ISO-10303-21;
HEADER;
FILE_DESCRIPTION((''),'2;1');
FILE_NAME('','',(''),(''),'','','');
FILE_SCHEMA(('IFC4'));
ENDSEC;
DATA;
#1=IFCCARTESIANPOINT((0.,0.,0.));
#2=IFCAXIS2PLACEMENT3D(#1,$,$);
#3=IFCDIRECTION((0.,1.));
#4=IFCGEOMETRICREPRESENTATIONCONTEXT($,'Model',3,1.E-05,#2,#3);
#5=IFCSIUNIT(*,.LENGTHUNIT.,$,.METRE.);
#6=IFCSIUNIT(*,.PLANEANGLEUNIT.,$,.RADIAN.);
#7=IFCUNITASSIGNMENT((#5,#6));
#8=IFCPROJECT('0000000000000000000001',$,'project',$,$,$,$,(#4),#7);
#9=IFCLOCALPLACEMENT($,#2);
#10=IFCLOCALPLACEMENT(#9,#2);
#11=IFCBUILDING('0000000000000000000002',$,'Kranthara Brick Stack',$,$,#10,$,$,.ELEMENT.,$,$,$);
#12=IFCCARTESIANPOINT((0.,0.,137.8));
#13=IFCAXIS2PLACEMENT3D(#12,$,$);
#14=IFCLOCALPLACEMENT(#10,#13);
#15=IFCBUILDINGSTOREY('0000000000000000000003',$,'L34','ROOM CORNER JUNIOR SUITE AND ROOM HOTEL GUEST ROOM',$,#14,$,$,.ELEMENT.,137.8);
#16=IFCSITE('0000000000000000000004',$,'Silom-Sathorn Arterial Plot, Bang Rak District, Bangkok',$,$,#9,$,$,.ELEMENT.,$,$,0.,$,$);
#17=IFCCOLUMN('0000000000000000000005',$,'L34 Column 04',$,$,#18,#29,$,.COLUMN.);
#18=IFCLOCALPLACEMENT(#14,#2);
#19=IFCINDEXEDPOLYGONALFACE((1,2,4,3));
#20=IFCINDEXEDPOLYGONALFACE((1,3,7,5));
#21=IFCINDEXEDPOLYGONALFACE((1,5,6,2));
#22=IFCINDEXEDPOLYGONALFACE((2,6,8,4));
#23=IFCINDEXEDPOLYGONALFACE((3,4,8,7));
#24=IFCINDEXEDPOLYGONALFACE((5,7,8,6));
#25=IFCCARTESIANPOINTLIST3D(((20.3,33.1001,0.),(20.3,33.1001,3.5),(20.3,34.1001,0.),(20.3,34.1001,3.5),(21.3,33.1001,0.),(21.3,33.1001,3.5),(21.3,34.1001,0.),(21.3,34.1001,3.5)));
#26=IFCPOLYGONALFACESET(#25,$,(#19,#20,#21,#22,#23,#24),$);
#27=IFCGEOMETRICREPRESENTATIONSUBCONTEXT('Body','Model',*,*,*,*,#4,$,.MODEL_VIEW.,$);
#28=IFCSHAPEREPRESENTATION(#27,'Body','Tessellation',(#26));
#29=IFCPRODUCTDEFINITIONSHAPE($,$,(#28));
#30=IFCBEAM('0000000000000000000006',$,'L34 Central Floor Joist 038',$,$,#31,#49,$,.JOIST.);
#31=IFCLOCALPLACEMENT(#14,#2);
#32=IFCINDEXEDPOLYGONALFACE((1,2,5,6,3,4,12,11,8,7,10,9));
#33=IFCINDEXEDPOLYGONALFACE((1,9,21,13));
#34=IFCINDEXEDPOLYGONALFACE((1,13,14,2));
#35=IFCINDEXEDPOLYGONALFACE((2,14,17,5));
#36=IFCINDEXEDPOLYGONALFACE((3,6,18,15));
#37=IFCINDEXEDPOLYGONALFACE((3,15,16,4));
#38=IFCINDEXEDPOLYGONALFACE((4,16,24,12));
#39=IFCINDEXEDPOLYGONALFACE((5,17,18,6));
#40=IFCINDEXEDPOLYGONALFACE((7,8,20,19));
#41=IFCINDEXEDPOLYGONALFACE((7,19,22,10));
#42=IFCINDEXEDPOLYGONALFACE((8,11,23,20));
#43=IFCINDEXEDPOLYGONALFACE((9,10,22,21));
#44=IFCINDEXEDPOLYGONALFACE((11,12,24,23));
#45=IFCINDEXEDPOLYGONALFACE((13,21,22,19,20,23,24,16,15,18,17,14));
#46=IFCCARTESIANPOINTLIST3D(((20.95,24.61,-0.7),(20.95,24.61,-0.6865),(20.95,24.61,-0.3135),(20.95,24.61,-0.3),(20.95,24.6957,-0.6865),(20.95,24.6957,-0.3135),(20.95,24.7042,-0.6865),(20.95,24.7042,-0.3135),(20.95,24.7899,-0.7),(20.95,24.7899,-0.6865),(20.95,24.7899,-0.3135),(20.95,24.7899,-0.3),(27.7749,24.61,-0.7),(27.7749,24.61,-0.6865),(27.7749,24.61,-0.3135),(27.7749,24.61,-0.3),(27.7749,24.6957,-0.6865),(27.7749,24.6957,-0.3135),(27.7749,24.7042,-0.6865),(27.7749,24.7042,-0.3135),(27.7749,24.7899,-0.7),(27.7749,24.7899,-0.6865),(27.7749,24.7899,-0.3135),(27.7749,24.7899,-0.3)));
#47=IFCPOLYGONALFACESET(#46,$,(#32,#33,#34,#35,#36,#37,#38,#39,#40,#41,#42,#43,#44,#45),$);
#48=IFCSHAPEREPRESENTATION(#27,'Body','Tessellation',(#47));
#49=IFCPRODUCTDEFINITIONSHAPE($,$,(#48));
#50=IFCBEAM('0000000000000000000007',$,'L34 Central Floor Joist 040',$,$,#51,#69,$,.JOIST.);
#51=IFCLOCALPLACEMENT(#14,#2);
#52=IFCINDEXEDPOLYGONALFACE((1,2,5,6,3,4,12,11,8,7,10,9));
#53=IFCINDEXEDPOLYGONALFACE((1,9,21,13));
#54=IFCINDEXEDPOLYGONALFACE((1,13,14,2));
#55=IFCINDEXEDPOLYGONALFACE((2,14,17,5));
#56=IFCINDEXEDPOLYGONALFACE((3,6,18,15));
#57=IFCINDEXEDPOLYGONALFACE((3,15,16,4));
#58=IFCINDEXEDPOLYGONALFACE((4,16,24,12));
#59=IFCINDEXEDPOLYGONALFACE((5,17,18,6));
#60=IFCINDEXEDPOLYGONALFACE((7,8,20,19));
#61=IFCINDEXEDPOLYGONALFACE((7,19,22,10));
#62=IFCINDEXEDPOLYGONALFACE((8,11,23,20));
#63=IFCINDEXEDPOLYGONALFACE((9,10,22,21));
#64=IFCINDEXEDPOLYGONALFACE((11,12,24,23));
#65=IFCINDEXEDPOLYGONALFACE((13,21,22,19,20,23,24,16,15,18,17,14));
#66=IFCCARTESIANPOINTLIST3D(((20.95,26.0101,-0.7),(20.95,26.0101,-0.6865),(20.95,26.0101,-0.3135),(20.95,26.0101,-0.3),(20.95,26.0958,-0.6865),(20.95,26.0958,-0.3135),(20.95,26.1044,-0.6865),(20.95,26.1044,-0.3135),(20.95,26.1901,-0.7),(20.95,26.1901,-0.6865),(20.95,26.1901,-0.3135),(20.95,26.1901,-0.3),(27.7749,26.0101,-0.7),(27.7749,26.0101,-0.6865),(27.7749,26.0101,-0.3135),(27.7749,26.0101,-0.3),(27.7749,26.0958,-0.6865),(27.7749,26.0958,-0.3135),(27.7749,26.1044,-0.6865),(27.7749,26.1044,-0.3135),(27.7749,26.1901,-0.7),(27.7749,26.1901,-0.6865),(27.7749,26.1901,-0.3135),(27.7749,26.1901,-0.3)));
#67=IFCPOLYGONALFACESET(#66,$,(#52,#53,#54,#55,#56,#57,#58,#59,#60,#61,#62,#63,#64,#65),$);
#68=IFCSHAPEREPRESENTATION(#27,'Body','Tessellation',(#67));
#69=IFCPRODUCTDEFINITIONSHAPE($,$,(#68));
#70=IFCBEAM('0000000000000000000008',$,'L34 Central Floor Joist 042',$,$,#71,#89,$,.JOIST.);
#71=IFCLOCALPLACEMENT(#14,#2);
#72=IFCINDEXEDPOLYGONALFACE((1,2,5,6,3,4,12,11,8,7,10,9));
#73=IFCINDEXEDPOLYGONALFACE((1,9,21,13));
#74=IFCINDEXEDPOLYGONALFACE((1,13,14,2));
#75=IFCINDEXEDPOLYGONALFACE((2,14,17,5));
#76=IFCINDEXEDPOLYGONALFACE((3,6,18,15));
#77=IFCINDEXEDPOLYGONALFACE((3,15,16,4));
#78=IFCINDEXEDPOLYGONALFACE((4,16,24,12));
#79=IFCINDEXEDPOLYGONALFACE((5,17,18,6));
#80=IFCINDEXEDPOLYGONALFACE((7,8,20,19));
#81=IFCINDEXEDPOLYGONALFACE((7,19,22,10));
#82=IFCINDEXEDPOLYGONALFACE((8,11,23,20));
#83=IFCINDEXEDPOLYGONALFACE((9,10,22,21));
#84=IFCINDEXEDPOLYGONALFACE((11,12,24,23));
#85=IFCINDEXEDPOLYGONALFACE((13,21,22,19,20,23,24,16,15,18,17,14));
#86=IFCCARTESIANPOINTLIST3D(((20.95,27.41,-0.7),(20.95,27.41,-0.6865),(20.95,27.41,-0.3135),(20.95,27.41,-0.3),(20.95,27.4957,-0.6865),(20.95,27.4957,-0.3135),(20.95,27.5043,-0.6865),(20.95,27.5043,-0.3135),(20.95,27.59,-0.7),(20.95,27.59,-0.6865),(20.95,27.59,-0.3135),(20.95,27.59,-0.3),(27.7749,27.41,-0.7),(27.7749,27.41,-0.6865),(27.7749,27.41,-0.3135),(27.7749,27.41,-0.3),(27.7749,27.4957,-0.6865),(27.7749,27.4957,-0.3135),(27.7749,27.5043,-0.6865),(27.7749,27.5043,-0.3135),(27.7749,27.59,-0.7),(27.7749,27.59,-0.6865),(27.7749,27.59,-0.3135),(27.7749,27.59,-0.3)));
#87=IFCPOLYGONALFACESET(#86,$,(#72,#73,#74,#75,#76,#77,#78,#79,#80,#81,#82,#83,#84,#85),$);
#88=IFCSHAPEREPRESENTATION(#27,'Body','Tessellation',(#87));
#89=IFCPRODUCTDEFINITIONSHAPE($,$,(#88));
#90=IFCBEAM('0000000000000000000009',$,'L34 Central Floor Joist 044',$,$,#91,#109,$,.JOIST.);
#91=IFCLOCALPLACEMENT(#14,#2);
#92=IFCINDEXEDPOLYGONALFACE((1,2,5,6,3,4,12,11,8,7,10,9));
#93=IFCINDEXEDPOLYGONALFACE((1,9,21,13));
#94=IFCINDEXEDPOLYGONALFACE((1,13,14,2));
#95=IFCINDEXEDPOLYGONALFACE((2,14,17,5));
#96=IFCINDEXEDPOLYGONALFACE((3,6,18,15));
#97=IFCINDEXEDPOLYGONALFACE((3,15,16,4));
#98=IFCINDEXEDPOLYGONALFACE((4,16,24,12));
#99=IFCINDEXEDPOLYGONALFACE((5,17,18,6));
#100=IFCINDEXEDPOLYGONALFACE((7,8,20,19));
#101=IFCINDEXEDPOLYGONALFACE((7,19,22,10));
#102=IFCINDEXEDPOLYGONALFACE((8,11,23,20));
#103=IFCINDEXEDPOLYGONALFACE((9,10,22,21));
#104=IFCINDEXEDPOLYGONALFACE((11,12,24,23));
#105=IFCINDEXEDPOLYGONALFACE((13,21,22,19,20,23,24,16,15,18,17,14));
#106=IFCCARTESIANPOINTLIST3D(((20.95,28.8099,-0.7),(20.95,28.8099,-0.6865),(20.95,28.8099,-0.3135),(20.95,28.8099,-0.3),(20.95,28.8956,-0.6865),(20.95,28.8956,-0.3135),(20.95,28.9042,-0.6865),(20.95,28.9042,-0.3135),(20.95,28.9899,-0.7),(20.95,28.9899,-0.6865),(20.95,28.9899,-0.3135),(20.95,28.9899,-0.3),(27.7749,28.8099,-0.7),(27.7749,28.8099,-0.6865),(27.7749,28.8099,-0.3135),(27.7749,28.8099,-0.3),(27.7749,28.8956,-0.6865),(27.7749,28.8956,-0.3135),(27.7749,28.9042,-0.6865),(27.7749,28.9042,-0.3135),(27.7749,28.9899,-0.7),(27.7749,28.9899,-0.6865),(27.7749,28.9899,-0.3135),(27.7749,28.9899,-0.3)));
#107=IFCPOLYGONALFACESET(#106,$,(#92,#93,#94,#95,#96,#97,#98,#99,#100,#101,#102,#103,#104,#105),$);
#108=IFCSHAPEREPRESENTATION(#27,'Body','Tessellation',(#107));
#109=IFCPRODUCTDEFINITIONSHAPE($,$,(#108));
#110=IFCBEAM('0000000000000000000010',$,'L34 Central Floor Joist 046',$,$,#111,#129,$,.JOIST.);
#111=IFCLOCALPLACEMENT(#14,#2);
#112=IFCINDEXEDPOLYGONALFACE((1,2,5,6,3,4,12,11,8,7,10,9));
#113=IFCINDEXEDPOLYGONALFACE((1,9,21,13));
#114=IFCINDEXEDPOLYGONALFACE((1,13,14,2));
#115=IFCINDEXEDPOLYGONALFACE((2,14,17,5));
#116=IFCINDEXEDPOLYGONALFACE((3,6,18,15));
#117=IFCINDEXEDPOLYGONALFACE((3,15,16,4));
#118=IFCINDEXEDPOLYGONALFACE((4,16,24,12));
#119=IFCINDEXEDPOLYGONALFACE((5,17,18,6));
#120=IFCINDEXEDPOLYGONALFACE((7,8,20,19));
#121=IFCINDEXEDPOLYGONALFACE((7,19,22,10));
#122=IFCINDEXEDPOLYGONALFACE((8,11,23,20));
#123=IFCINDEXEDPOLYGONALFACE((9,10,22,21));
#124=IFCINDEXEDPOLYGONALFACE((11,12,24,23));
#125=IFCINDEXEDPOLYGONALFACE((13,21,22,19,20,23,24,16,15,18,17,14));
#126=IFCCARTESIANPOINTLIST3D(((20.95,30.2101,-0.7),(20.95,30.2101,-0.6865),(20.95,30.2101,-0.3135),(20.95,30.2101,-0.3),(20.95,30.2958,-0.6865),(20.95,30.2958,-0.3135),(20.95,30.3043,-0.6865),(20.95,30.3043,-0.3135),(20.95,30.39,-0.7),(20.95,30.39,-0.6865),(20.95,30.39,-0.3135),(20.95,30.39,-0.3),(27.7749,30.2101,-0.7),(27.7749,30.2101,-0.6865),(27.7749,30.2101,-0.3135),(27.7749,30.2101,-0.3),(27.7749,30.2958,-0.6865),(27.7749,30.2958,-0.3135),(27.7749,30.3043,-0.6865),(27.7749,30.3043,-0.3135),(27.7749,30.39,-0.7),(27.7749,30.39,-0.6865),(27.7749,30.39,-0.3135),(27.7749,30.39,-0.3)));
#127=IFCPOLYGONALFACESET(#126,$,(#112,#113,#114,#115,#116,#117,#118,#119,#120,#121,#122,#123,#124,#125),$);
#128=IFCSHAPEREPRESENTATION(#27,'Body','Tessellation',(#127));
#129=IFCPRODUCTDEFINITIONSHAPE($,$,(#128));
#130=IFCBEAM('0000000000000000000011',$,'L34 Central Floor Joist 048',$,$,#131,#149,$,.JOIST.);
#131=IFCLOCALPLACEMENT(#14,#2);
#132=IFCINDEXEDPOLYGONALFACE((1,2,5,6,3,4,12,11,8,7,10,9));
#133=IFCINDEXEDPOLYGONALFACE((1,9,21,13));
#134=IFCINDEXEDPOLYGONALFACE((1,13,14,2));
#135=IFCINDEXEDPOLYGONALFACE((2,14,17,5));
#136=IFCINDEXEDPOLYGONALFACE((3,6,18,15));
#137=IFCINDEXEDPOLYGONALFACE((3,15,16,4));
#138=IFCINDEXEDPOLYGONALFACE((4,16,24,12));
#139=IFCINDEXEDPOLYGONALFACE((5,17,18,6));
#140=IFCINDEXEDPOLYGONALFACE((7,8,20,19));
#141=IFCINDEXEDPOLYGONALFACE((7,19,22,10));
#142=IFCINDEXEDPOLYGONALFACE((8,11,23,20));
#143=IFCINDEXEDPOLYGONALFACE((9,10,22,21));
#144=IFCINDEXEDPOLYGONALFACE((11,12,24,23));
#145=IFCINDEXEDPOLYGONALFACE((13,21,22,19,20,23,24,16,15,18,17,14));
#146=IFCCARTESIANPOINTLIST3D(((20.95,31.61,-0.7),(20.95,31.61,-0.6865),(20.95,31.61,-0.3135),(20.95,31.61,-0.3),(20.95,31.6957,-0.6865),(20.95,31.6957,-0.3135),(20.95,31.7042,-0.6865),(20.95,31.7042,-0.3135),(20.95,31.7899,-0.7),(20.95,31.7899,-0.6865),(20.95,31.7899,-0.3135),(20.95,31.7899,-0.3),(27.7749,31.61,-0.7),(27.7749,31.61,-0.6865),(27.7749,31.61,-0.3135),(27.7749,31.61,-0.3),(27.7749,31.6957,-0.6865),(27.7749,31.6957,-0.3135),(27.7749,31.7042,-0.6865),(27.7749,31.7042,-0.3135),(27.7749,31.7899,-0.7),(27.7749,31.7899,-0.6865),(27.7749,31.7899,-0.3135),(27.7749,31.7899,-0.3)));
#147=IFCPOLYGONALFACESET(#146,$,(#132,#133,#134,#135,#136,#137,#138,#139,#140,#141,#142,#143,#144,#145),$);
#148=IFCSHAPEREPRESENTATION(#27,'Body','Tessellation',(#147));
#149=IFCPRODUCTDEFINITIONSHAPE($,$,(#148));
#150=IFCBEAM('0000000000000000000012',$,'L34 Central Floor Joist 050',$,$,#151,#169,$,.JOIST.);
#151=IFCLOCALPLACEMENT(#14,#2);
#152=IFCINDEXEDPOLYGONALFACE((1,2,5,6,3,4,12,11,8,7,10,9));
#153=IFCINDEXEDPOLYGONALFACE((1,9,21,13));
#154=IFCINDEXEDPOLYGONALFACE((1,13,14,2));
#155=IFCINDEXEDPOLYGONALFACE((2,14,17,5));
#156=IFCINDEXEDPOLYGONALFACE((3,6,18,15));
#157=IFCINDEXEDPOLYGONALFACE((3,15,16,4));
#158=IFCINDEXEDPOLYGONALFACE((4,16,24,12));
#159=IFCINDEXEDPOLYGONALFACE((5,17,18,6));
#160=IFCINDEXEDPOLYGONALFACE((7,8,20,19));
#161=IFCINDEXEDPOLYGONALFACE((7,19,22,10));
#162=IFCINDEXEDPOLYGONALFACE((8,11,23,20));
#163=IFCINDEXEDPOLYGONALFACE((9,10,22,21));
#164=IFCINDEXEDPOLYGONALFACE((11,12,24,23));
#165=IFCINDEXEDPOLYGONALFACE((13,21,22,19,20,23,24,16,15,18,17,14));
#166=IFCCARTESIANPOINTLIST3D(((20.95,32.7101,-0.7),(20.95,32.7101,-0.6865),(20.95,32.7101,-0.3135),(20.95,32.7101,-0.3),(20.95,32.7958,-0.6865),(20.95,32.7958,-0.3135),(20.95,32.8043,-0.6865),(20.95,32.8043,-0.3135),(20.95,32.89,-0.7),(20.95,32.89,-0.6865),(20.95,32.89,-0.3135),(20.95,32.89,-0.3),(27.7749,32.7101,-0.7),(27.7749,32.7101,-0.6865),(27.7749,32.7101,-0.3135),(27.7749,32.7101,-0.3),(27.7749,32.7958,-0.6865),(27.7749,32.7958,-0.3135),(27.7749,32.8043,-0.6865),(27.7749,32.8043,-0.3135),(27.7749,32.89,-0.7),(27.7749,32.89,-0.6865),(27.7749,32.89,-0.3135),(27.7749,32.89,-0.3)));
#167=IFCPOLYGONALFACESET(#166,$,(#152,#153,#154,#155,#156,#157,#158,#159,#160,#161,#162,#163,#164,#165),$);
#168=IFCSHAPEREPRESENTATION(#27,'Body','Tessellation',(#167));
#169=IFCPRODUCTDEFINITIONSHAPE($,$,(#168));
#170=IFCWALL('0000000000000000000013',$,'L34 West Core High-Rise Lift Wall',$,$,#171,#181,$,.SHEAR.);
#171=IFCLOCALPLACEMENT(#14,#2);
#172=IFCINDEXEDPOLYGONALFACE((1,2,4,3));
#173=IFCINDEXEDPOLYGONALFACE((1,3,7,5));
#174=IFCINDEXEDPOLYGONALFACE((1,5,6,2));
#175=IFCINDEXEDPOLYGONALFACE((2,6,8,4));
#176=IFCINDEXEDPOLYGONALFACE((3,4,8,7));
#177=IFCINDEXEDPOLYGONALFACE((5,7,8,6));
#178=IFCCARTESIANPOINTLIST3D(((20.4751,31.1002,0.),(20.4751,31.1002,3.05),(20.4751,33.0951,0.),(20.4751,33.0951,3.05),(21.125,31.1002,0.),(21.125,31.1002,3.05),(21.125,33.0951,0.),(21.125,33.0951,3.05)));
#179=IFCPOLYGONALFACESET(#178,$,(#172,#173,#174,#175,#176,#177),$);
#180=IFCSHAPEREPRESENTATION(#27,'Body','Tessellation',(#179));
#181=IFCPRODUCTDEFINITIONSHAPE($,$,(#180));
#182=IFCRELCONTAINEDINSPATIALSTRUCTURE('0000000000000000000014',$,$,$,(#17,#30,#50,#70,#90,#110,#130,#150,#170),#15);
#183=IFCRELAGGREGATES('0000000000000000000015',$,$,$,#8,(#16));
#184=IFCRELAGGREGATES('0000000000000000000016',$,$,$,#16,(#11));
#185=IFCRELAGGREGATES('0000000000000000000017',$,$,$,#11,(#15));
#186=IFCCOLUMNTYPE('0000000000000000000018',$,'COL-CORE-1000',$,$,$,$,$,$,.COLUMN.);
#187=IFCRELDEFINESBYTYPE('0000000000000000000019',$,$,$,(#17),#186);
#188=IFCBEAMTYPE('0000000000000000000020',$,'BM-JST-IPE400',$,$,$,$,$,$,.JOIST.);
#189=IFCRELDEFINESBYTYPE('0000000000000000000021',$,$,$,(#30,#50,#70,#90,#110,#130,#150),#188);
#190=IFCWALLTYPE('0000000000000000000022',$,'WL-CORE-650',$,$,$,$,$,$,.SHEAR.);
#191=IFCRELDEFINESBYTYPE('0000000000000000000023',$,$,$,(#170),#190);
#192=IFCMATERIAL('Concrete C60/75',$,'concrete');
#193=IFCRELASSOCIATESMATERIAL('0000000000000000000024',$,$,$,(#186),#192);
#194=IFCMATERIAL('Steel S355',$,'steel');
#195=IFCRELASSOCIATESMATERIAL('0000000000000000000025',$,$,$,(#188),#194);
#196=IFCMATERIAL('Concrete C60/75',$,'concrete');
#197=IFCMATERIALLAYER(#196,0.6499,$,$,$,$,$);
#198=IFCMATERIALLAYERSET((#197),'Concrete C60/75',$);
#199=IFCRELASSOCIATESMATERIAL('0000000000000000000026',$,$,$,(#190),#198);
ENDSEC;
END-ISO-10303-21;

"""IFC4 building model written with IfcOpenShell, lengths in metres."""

from ifc_helpers import new_model, si_unit, direction, frame, frame_2d, origin, origin_2d, place, context, subcontext, project, spatial, rectangle, i_section, extrude, material, layer, layer_set, material_profile, profile_set, type_object, element, save


model = new_model("IFC4")

# Units and contexts
model_context = context("Model", 3, precision=1e-05, world=origin(), true_north=direction((0.0, 1.0)))
body_context = subcontext(model_context, "Body", "Model", "MODEL_VIEW")
ifc_project = project(units=[si_unit("LENGTHUNIT", "METRE"), si_unit("PLANEANGLEUNIT", "RADIAN")], contexts=[model_context])

# Site, building, storey
site_placement = place(None, origin())
site = spatial("IfcSite", under=ifc_project, at=site_placement, Name="Silom-Sathorn Arterial Plot, Bang Rak District, Bangkok", CompositionType="ELEMENT", RefElevation=0.0)
building_placement = place(site_placement, origin())
building = spatial("IfcBuilding", under=site, at=building_placement, Name="Kranthara Brick Stack", CompositionType="ELEMENT")
storey_placement = place(building_placement, frame((0.0, 0.0, 137.8)))
storey = spatial("IfcBuildingStorey", under=building, at=storey_placement, Name="L34", Description="ROOM CORNER JUNIOR SUITE AND ROOM HOTEL GUEST ROOM", CompositionType="ELEMENT", Elevation=137.8)

# Column
ifc_material_1 = material(Name="Concrete C60/75", Category="concrete")
ifc_material_profile_1 = material_profile(ifc_material_1, rectangle(XDim=1.0, YDim=1.0, at=origin_2d()), Name="RC 1000x1000")
ifc_profile_set_1 = profile_set([ifc_material_profile_1], Name="Concrete C60/75")
column_type = type_object("IfcColumnType", Name="COL-CORE-1000", PredefinedType="COLUMN", material=ifc_profile_set_1)
column_placement = place(storey_placement, frame((20.8, 33.6001, 0.0), z_axis=(0.0, 0.0, 1.0), x_axis=(1.0, 0.0, 0.0)))
element("IfcColumn", 1, at=column_placement, inside=storey, type_object=column_type, Name="L34 Column 04", PredefinedType="COLUMN", context=body_context, shape_type="SweptSolid", body=[
    extrude(rectangle(XDim=1.0, YDim=1.0, at=origin_2d()), origin(), (0.0, 0.0, 1.0), 3.5),
])

# Beams
ifc_material_2 = material(Name="Steel S355", Category="steel")
ifc_material_profile_2 = material_profile(ifc_material_2, i_section(OverallWidth=0.1799, OverallDepth=0.3999, WebThickness=0.0085, FlangeThickness=0.0134, at=origin_2d()), Name="IPE 400")
ifc_profile_set_2 = profile_set([ifc_material_profile_2], Name="Steel S355")
beam_type = type_object("IfcBeamType", Name="BM-JST-IPE400", PredefinedType="JOIST", material=ifc_profile_set_2)
for number, where, z_axis, x_axis, name in (
    (2, (20.95, 24.7, -0.5), (1.0, 0.0, 0.0), (0.0, 1.0, 0.0), "L34 Central Floor Joist 038"),
    (3, (20.95, 26.1001, -0.5), (1.0, 0.0, 0.0), (0.0, 1.0, 0.0), "L34 Central Floor Joist 040"),
    (4, (20.95, 27.5, -0.5), (1.0, 0.0, 0.0), (0.0, 1.0, 0.0), "L34 Central Floor Joist 042"),
    (5, (20.95, 28.8999, -0.5), (1.0, 0.0, 0.0), (0.0, 1.0, 0.0), "L34 Central Floor Joist 044"),
    (6, (20.95, 30.3, -0.5), (1.0, 0.0, 0.0), (0.0, 1.0, 0.0), "L34 Central Floor Joist 046"),
    (7, (20.95, 31.7, -0.5), (1.0, 0.0, 0.0), (0.0, 1.0, 0.0), "L34 Central Floor Joist 048"),
    (8, (20.95, 32.8, -0.5), (1.0, 0.0, 0.0), (0.0, 1.0, 0.0), "L34 Central Floor Joist 050"),
):
    element("IfcBeam", number, at=place(storey_placement, frame(where, z_axis=z_axis, x_axis=x_axis)), inside=storey, type_object=beam_type, Name=name, PredefinedType="JOIST", context=body_context, shape_type="SweptSolid", body=[
        extrude(i_section(OverallWidth=0.1799, OverallDepth=0.3999, WebThickness=0.0085, FlangeThickness=0.0134, at=origin_2d()), origin(), (0.0, 0.0, 1.0), 6.825),
    ])

# Wall
ifc_material_3 = material(Name="Concrete C60/75", Category="concrete")
ifc_layer_1 = layer(ifc_material_3, 0.6499)
ifc_layer_set_1 = layer_set([ifc_layer_1], Name="Concrete C60/75")
wall_type_1 = type_object("IfcWallType", Name="WL-CORE-650", PredefinedType="SHEAR", material=ifc_layer_set_1)
wall_1_placement = place(storey_placement, frame((20.8, 31.1001, 0.0), z_axis=(0.0, 0.0, 1.0), x_axis=(0.0, 1.0, 0.0)))
element("IfcWall", 9, at=wall_1_placement, inside=storey, type_object=wall_type_1, Name="L34 West Core High-Rise Lift Wall", PredefinedType="SHEAR", context=body_context, shape_type="SweptSolid", body=[
    extrude(rectangle(XDim=1.9949, YDim=0.6499, at=frame_2d((0.9976, 0.0))), origin(), (0.0, 0.0, 1.0), 3.05),
])

save(model, "model.ifc")
